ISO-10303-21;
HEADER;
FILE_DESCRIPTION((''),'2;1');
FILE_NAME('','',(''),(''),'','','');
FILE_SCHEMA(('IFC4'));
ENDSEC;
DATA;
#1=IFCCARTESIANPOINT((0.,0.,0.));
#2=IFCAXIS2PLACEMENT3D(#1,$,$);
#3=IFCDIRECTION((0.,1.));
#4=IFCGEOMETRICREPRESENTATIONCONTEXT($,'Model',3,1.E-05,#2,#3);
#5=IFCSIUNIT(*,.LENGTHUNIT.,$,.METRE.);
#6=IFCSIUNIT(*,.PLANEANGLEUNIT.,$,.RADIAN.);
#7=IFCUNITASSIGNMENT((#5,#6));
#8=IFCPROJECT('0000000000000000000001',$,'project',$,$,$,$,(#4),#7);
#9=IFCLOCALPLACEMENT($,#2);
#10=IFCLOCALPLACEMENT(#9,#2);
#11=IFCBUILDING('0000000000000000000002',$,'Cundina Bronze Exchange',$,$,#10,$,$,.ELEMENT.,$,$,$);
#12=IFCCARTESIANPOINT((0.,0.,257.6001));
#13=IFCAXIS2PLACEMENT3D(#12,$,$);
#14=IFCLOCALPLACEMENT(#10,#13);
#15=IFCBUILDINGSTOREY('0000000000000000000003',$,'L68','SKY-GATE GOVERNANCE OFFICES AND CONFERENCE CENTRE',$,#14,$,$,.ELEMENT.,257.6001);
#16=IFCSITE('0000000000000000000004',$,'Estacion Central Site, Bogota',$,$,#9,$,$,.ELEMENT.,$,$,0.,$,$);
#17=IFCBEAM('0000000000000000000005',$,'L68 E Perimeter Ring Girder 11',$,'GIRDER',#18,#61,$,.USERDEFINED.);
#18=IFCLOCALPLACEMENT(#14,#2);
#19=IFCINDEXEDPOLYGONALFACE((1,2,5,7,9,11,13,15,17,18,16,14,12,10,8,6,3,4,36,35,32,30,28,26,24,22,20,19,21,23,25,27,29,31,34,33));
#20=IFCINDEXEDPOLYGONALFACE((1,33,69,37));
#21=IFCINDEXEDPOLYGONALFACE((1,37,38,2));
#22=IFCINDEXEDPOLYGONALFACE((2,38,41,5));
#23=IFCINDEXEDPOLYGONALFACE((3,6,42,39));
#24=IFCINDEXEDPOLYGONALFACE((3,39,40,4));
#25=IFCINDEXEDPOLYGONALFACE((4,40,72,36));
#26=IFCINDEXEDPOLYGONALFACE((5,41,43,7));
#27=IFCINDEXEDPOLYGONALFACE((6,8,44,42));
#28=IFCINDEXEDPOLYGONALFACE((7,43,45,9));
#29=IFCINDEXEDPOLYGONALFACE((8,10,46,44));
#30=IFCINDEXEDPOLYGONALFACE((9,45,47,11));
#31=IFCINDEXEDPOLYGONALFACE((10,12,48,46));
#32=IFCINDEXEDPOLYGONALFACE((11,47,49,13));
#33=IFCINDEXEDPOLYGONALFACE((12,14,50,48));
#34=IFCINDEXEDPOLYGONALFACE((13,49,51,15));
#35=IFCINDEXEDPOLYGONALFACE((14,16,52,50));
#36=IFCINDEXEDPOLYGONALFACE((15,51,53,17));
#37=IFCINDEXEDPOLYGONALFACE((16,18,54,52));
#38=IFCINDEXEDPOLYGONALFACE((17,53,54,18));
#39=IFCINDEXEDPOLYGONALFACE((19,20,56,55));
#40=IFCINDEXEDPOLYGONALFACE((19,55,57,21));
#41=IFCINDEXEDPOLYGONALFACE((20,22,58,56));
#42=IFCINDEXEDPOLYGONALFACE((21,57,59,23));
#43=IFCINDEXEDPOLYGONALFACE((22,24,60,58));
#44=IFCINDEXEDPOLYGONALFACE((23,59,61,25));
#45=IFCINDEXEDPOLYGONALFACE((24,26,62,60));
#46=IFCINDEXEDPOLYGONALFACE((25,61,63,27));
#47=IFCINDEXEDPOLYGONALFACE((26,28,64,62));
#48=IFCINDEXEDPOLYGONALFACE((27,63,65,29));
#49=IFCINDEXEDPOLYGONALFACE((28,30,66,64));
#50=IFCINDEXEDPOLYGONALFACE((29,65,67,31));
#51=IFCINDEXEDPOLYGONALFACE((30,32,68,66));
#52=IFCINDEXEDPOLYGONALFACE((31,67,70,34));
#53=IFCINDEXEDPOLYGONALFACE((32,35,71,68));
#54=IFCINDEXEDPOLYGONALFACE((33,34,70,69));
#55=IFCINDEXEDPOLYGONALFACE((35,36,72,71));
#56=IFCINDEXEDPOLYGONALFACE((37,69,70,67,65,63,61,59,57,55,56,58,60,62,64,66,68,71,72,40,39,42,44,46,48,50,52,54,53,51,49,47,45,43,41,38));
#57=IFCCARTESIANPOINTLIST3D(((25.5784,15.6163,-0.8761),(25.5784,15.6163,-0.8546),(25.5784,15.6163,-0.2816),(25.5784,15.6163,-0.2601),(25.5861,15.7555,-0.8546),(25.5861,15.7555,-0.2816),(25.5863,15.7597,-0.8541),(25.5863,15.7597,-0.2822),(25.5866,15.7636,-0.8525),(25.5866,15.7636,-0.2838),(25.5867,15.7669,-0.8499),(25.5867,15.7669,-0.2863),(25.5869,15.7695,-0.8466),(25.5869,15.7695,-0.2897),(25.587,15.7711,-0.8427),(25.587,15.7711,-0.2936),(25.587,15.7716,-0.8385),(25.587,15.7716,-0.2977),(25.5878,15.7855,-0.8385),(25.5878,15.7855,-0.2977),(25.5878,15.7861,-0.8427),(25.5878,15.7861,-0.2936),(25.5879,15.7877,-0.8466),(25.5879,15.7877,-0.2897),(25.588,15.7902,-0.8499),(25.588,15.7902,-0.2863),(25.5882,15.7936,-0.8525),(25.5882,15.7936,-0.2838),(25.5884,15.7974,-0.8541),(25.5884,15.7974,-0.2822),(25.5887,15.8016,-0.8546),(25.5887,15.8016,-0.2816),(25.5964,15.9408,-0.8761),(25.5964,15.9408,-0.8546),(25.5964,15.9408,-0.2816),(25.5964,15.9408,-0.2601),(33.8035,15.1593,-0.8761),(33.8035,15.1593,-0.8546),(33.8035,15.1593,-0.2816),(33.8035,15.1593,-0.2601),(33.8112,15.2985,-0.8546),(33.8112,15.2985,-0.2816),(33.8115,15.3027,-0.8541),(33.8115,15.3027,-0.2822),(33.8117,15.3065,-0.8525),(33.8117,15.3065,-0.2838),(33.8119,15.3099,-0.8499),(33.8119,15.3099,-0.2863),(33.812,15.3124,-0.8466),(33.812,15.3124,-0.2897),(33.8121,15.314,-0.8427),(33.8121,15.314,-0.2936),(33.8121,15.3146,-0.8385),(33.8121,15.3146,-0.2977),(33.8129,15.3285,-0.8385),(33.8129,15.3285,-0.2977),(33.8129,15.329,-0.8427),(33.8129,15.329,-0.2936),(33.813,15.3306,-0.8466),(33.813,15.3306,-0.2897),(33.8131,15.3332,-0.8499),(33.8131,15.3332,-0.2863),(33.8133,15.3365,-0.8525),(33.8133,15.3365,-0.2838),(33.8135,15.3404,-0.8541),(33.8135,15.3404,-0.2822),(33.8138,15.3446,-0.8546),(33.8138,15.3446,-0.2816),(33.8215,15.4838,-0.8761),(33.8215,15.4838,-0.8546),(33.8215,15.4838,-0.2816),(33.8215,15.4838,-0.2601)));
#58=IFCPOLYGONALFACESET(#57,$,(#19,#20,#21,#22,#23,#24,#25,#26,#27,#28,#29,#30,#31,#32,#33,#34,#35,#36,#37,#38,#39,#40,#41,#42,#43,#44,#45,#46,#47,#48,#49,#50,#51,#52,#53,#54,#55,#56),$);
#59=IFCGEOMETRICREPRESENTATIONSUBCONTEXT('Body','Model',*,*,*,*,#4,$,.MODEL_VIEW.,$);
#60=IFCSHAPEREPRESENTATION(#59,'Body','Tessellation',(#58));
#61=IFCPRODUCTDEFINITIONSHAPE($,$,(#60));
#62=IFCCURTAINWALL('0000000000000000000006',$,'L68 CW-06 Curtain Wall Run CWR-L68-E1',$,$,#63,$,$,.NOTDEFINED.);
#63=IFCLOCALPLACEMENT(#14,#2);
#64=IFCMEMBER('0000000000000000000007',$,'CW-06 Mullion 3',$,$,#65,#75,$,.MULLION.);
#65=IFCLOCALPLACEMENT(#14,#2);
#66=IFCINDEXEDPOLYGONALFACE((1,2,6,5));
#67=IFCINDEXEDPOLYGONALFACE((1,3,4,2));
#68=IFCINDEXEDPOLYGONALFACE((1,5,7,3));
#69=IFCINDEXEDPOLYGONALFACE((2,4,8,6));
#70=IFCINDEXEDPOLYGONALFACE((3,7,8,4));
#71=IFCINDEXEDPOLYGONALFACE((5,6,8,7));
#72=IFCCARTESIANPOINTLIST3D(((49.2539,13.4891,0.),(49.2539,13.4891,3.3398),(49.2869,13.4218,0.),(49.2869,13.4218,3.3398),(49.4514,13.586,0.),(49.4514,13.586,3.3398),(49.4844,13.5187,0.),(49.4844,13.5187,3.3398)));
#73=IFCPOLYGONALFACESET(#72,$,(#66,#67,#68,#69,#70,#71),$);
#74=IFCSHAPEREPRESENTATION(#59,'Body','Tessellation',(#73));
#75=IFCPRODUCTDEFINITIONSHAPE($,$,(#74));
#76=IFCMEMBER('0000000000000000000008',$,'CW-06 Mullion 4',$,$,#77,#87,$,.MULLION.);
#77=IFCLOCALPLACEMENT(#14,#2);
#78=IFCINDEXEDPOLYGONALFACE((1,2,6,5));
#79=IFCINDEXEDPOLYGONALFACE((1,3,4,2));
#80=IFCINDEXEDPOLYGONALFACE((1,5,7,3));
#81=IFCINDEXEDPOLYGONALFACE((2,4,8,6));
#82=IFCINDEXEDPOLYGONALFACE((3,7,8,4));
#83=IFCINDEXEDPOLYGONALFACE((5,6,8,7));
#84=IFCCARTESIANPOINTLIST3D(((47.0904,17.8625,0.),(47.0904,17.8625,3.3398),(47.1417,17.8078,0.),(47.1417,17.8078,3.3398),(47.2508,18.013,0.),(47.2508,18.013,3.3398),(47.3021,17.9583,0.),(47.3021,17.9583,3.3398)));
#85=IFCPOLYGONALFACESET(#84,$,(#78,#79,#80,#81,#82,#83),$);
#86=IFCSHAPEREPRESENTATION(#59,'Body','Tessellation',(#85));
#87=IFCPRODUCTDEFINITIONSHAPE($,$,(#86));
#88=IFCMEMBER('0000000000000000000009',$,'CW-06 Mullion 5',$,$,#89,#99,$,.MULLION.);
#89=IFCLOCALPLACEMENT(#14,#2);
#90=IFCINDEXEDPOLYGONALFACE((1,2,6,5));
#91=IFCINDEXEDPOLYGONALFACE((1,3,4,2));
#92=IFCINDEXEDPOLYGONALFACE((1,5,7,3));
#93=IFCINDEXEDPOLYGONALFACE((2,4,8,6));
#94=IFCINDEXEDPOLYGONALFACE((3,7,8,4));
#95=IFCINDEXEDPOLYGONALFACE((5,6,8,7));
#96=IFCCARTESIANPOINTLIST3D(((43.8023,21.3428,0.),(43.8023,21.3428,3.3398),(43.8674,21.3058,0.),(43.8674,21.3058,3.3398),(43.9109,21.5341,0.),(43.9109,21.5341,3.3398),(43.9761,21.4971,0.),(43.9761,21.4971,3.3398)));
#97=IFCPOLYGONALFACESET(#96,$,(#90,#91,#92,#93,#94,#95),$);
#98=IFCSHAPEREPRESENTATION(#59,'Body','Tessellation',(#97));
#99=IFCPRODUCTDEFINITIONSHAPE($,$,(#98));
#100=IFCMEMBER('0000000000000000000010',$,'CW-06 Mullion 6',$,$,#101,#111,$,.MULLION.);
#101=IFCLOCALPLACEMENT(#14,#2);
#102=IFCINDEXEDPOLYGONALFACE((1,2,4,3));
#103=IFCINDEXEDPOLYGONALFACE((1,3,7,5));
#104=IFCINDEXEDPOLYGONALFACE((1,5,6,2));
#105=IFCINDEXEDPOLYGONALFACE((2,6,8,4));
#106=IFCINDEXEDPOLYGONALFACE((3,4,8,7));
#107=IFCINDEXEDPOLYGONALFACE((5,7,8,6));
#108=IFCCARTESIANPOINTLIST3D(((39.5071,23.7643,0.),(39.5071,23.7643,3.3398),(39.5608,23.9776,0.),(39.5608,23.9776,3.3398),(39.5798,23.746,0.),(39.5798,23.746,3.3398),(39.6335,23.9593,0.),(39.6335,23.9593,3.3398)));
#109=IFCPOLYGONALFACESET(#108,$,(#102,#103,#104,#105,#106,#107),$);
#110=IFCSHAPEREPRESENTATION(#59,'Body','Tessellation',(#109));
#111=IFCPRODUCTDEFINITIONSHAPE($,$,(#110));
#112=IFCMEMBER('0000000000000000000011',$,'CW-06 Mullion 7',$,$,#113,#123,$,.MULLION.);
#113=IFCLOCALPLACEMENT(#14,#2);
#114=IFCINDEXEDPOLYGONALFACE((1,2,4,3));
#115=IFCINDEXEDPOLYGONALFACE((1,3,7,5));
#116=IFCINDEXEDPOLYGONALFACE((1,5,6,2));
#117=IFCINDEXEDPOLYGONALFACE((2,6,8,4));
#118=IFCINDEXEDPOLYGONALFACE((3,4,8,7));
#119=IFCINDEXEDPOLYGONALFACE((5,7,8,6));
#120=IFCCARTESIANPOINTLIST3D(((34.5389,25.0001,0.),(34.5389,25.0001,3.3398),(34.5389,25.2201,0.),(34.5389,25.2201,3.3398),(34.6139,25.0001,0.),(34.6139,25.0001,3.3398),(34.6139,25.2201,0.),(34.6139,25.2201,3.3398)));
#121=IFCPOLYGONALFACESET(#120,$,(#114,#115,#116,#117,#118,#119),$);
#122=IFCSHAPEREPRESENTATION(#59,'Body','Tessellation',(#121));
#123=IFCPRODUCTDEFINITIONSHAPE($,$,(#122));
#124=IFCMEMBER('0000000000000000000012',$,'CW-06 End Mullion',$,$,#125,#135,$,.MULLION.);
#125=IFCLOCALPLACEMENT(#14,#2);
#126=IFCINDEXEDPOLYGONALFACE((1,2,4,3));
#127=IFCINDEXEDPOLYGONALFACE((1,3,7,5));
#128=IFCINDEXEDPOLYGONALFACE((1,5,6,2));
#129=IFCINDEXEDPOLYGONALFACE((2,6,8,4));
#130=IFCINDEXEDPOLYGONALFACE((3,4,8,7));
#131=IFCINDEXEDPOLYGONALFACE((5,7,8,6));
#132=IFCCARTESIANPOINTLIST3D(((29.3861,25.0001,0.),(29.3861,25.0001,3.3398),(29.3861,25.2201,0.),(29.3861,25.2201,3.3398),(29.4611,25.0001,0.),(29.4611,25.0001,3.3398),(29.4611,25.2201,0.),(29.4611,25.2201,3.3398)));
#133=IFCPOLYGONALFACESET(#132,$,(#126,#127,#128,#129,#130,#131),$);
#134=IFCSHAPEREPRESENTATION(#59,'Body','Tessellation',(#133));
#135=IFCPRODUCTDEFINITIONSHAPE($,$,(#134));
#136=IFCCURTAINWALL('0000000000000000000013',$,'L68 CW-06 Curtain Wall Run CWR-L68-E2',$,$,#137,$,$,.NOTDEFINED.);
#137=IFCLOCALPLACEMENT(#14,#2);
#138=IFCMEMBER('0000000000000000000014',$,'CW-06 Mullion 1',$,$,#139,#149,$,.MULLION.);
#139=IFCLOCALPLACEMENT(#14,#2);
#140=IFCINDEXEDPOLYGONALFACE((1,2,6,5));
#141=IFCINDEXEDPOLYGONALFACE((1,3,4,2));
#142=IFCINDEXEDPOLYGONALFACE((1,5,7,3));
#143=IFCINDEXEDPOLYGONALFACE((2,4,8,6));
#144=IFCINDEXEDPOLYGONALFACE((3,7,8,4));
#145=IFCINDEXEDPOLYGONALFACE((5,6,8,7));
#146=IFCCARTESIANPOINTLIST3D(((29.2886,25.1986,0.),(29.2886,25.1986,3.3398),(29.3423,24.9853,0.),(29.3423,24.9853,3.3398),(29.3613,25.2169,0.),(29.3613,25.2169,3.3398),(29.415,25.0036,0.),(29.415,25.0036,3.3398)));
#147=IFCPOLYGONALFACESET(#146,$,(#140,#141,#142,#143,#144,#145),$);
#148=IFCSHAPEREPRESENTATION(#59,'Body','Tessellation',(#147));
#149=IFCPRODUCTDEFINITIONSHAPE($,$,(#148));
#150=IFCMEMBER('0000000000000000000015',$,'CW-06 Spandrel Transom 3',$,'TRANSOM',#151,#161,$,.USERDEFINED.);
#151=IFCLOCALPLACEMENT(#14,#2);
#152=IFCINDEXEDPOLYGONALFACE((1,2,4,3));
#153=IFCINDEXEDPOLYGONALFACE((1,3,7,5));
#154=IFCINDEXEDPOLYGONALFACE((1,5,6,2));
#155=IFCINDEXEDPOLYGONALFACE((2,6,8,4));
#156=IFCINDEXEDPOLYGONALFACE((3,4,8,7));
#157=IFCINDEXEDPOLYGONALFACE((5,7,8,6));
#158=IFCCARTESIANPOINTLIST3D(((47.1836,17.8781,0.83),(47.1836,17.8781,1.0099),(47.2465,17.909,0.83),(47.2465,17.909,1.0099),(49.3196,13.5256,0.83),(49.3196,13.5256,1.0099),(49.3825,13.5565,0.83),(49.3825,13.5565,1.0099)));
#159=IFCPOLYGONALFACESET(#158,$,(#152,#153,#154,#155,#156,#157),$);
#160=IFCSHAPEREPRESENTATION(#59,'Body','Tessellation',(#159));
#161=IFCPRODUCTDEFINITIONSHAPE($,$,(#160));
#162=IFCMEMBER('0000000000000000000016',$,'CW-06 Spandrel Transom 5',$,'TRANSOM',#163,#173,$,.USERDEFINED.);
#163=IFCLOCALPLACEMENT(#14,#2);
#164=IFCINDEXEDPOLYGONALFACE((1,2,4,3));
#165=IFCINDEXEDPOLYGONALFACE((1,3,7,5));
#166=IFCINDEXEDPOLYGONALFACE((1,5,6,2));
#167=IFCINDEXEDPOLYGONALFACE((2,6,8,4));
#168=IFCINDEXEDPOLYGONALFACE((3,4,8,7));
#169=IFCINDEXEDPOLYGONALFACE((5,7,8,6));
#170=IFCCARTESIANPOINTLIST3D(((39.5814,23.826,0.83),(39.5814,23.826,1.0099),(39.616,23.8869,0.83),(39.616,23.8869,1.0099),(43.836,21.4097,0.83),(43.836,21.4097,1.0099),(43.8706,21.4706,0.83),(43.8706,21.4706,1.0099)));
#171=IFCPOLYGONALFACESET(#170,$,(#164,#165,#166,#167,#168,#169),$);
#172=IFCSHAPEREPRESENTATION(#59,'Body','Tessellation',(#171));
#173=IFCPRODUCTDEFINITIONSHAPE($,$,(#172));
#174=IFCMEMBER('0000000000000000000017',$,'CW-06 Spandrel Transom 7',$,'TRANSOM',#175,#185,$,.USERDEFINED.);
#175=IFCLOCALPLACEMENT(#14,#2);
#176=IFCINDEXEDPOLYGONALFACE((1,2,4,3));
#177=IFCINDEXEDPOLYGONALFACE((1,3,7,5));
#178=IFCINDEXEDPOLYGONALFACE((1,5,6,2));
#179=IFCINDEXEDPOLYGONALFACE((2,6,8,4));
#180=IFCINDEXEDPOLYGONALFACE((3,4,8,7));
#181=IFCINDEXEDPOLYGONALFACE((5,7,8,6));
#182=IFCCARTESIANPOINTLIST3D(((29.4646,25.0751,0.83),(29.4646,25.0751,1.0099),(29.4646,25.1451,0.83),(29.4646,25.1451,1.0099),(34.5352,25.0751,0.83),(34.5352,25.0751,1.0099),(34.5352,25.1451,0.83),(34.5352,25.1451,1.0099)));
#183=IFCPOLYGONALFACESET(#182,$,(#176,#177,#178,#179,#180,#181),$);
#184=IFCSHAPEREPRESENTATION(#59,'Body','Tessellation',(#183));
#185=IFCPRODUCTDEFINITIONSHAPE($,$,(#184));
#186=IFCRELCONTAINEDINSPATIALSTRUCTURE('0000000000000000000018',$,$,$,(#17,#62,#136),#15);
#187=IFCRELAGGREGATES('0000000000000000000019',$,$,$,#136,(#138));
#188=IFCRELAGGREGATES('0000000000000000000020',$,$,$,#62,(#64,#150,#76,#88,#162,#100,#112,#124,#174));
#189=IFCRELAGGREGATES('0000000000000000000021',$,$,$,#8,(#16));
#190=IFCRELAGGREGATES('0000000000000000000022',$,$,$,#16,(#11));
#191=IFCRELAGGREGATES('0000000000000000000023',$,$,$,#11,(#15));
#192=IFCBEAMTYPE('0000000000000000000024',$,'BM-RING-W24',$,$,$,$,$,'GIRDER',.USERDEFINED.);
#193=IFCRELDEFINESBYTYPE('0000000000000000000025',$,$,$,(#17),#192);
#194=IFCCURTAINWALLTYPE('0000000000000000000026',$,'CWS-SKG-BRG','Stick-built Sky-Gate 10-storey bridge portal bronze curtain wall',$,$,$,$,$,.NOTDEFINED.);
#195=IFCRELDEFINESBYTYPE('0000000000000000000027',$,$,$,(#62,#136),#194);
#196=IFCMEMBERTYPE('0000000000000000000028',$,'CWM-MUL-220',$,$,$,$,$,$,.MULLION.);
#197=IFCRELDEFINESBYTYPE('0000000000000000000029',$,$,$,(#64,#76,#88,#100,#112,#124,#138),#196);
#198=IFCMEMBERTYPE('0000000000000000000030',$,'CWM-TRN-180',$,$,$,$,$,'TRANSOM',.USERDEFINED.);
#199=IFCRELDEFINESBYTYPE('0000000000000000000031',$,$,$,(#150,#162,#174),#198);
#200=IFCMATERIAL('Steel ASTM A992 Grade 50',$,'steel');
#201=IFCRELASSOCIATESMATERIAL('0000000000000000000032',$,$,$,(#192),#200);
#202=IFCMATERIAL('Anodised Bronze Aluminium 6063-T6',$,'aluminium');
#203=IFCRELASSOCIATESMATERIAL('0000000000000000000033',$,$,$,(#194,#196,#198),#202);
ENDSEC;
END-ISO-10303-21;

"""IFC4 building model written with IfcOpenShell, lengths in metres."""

from ifc_helpers import new_model, si_unit, direction, frame, origin, origin_2d, place, context, subcontext, project, spatial, rectangle, i_section, extrude, material, material_profile, profile_set, type_object, element, aggregate, save


model = new_model("IFC4")

# Units and contexts
model_context = context("Model", 3, precision=1e-05, world=origin(), true_north=direction((0.0, 1.0)))
body_context = subcontext(model_context, "Body", "Model", "MODEL_VIEW")
ifc_project = project(units=[si_unit("LENGTHUNIT", "METRE"), si_unit("PLANEANGLEUNIT", "RADIAN")], contexts=[model_context])

# Site, building, storey
site_placement = place(None, origin())
site = spatial("IfcSite", under=ifc_project, at=site_placement, Name="Estacion Central Site, Bogota", CompositionType="ELEMENT", RefElevation=0.0)
building_placement = place(site_placement, origin())
building = spatial("IfcBuilding", under=site, at=building_placement, Name="Cundina Bronze Exchange", CompositionType="ELEMENT")
storey_placement = place(building_placement, frame((0.0, 0.0, 257.6001)))
storey = spatial("IfcBuildingStorey", under=building, at=storey_placement, Name="L68", Description="SKY-GATE GOVERNANCE OFFICES AND CONFERENCE CENTRE", CompositionType="ELEMENT", Elevation=257.6001)

# Beam
ifc_material_1 = material(Name="Steel ASTM A992 Grade 50", Category="steel")
ifc_material_profile_1 = material_profile(ifc_material_1, i_section(OverallWidth=0.325, OverallDepth=0.616, WebThickness=0.0139, FlangeThickness=0.0215, FilletRadius=0.0161, at=origin_2d()), Name="W24X117", Category="steel")
ifc_profile_set_1 = profile_set([ifc_material_profile_1], Name="Steel ASTM A992 Grade 50")
beam_type_1 = type_object("IfcBeamType", Name="BM-RING-W24", ElementType="GIRDER", PredefinedType="USERDEFINED", material=ifc_profile_set_1)
for number, where, z_axis, x_axis, name in (
    (1, (33.8125, 15.3215, -0.5681), (-0.99846, 0.05548, 0.0), (-0.05548, -0.99846, 0.0), "L68 E Perimeter Ring Girder 11"),
):
    element("IfcBeam", number, at=place(storey_placement, frame(where, z_axis=z_axis, x_axis=x_axis)), inside=storey, type_object=beam_type_1, Name=name, ObjectType="GIRDER", PredefinedType="USERDEFINED", context=body_context, shape_type="SweptSolid", body=[
        extrude(i_section(OverallWidth=0.325, OverallDepth=0.616, WebThickness=0.0139, FlangeThickness=0.0215, FilletRadius=0.0161, at=origin_2d()), origin(), (0.0, 0.0, 1.0), 8.2378),
    ])

# Curtain wall, members
ifc_material_2 = material(Name="Anodised Bronze Aluminium 6063-T6", Category="aluminium")
curtain_wall_type = type_object("IfcCurtainWallType", Name="CWS-SKG-BRG", Description="Stick-built Sky-Gate 10-storey bridge portal bronze curtain wall", PredefinedType="NOTDEFINED", material=ifc_material_2)
curtain_wall_1_placement = place(storey_placement, origin())
curtain_wall_1 = element("IfcCurtainWall", 2, at=curtain_wall_1_placement, inside=storey, type_object=curtain_wall_type, Name="L68 CW-06 Curtain Wall Run CWR-L68-E1", PredefinedType="NOTDEFINED")
ifc_material_profile_2 = material_profile(ifc_material_2, rectangle(XDim=0.075, YDim=0.22, at=origin_2d()), Name="AL75X220", Category="aluminium")
ifc_profile_set_2 = profile_set([ifc_material_profile_2], Name="Anodised Bronze Aluminium 6063-T6")
member_type_1 = type_object("IfcMemberType", Name="CWM-MUL-220", PredefinedType="MULLION", material=ifc_profile_set_2)
member_1_placement = place(storey_placement, frame((49.3691, 13.5039, 0.0), z_axis=(0.0, 0.0, 1.0), x_axis=(-0.440566, 0.89772, 0.0)))
member_1 = element("IfcMember", 3, at=member_1_placement, type_object=member_type_1, Name="CW-06 Mullion 3", PredefinedType="MULLION", context=body_context, shape_type="SweptSolid", body=[
    extrude(rectangle(XDim=0.075, YDim=0.22, at=origin_2d()), origin(), (0.0, 0.0, 1.0), 3.3398),
])
member_2_placement = place(storey_placement, frame((47.1963, 17.9104, 0.0), z_axis=(0.0, 0.0, 1.0), x_axis=(-0.684293, 0.729208, 0.0)))
member_2 = element("IfcMember", 4, at=member_2_placement, type_object=member_type_1, Name="CW-06 Mullion 4", PredefinedType="MULLION", context=body_context, shape_type="SweptSolid", body=[
    extrude(rectangle(XDim=0.075, YDim=0.22, at=origin_2d()), origin(), (0.0, 0.0, 1.0), 3.3398),
])
member_3_placement = place(storey_placement, frame((43.8892, 21.4199, 0.0), z_axis=(0.0, 0.0, 1.0), x_axis=(-0.869581, 0.49379, 0.0)))
member_3 = element("IfcMember", 5, at=member_3_placement, type_object=member_type_1, Name="CW-06 Mullion 5", PredefinedType="MULLION", context=body_context, shape_type="SweptSolid", body=[
    extrude(rectangle(XDim=0.075, YDim=0.22, at=origin_2d()), origin(), (0.0, 0.0, 1.0), 3.3398),
])
member_4_placement = place(storey_placement, frame((39.5703, 23.8618, 0.0), z_axis=(0.0, 0.0, 1.0), x_axis=(-0.969744, 0.244123, 0.0)))
member_4 = element("IfcMember", 6, at=member_4_placement, type_object=member_type_1, Name="CW-06 Mullion 6", PredefinedType="MULLION", context=body_context, shape_type="SweptSolid", body=[
    extrude(rectangle(XDim=0.075, YDim=0.22, at=origin_2d()), origin(), (0.0, 0.0, 1.0), 3.3398),
])
member_5_placement = place(storey_placement, frame((34.5764, 25.1101, 0.0), z_axis=(0.0, 0.0, 1.0), x_axis=(-1.0, 0.0, 0.0)))
member_5 = element("IfcMember", 7, at=member_5_placement, type_object=member_type_1, Name="CW-06 Mullion 7", PredefinedType="MULLION", context=body_context, shape_type="SweptSolid", body=[
    extrude(rectangle(XDim=0.075, YDim=0.22, at=origin_2d()), origin(), (0.0, 0.0, 1.0), 3.3398),
])
member_6_placement = place(storey_placement, frame((29.4236, 25.1101, 0.0), z_axis=(0.0, 0.0, 1.0), x_axis=(-1.0, 0.0, 0.0)))
member_6 = element("IfcMember", 8, at=member_6_placement, type_object=member_type_1, Name="CW-06 End Mullion", PredefinedType="MULLION", context=body_context, shape_type="SweptSolid", body=[
    extrude(rectangle(XDim=0.075, YDim=0.22, at=origin_2d()), origin(), (0.0, 0.0, 1.0), 3.3398),
])

# Curtain wall, member
curtain_wall_2_placement = place(storey_placement, origin())
curtain_wall_2 = element("IfcCurtainWall", 9, at=curtain_wall_2_placement, inside=storey, type_object=curtain_wall_type, Name="L68 CW-06 Curtain Wall Run CWR-L68-E2", PredefinedType="NOTDEFINED")
member_7_placement = place(storey_placement, frame((29.3518, 25.1011, 0.0), z_axis=(0.0, 0.0, 1.0), x_axis=(-0.969744, -0.244123, 0.0)))
member_7 = element("IfcMember", 10, at=member_7_placement, type_object=member_type_1, Name="CW-06 Mullion 1", PredefinedType="MULLION", context=body_context, shape_type="SweptSolid", body=[
    extrude(rectangle(XDim=0.075, YDim=0.22, at=origin_2d()), origin(), (0.0, 0.0, 1.0), 3.3398),
])

# Members
ifc_material_profile_3 = material_profile(ifc_material_2, rectangle(XDim=0.0701, YDim=0.1799, at=origin_2d()), Name="AL70X180", Category="aluminium")
ifc_profile_set_3 = profile_set([ifc_material_profile_3], Name="Anodised Bronze Aluminium 6063-T6")
member_type_2 = type_object("IfcMemberType", Name="CWM-TRN-180", ElementType="TRANSOM", PredefinedType="USERDEFINED", material=ifc_profile_set_3)
member_8_placement = place(storey_placement, frame((49.3511, 13.541, 0.9199), z_axis=(-0.440554, 0.897726, 0.0), x_axis=(-0.897726, -0.440554, 0.0)))
member_8 = element("IfcMember", 11, at=member_8_placement, type_object=member_type_2, Name="CW-06 Spandrel Transom 3", ObjectType="TRANSOM", PredefinedType="USERDEFINED", context=body_context, shape_type="SweptSolid", body=[
    extrude(rectangle(XDim=0.0701, YDim=0.1799, at=origin_2d()), origin(), (0.0, 0.0, 1.0), 4.8484),
])
member_9_placement = place(storey_placement, frame((43.8533, 21.4402, 0.9199), z_axis=(-0.869557, 0.493832, 0.0), x_axis=(-0.493832, -0.869557, 0.0)))
member_9 = element("IfcMember", 12, at=member_9_placement, type_object=member_type_2, Name="CW-06 Spandrel Transom 5", ObjectType="TRANSOM", PredefinedType="USERDEFINED", context=body_context, shape_type="SweptSolid", body=[
    extrude(rectangle(XDim=0.0701, YDim=0.1799, at=origin_2d()), origin(), (0.0, 0.0, 1.0), 4.8928),
])
member_10_placement = place(storey_placement, frame((34.5352, 25.1101, 0.9199), z_axis=(-1.0, 0.0, 0.0), x_axis=(0.0, -1.0, 0.0)))
member_10 = element("IfcMember", 13, at=member_10_placement, type_object=member_type_2, Name="CW-06 Spandrel Transom 7", ObjectType="TRANSOM", PredefinedType="USERDEFINED", context=body_context, shape_type="SweptSolid", body=[
    extrude(rectangle(XDim=0.0701, YDim=0.1799, at=origin_2d()), origin(), (0.0, 0.0, 1.0), 5.0706),
])
aggregate(curtain_wall_2, [member_7])

aggregate(curtain_wall_1, [member_1, member_8, member_2, member_3, member_9, member_4, member_5, member_6, member_10])

save(model, "model.ifc")
